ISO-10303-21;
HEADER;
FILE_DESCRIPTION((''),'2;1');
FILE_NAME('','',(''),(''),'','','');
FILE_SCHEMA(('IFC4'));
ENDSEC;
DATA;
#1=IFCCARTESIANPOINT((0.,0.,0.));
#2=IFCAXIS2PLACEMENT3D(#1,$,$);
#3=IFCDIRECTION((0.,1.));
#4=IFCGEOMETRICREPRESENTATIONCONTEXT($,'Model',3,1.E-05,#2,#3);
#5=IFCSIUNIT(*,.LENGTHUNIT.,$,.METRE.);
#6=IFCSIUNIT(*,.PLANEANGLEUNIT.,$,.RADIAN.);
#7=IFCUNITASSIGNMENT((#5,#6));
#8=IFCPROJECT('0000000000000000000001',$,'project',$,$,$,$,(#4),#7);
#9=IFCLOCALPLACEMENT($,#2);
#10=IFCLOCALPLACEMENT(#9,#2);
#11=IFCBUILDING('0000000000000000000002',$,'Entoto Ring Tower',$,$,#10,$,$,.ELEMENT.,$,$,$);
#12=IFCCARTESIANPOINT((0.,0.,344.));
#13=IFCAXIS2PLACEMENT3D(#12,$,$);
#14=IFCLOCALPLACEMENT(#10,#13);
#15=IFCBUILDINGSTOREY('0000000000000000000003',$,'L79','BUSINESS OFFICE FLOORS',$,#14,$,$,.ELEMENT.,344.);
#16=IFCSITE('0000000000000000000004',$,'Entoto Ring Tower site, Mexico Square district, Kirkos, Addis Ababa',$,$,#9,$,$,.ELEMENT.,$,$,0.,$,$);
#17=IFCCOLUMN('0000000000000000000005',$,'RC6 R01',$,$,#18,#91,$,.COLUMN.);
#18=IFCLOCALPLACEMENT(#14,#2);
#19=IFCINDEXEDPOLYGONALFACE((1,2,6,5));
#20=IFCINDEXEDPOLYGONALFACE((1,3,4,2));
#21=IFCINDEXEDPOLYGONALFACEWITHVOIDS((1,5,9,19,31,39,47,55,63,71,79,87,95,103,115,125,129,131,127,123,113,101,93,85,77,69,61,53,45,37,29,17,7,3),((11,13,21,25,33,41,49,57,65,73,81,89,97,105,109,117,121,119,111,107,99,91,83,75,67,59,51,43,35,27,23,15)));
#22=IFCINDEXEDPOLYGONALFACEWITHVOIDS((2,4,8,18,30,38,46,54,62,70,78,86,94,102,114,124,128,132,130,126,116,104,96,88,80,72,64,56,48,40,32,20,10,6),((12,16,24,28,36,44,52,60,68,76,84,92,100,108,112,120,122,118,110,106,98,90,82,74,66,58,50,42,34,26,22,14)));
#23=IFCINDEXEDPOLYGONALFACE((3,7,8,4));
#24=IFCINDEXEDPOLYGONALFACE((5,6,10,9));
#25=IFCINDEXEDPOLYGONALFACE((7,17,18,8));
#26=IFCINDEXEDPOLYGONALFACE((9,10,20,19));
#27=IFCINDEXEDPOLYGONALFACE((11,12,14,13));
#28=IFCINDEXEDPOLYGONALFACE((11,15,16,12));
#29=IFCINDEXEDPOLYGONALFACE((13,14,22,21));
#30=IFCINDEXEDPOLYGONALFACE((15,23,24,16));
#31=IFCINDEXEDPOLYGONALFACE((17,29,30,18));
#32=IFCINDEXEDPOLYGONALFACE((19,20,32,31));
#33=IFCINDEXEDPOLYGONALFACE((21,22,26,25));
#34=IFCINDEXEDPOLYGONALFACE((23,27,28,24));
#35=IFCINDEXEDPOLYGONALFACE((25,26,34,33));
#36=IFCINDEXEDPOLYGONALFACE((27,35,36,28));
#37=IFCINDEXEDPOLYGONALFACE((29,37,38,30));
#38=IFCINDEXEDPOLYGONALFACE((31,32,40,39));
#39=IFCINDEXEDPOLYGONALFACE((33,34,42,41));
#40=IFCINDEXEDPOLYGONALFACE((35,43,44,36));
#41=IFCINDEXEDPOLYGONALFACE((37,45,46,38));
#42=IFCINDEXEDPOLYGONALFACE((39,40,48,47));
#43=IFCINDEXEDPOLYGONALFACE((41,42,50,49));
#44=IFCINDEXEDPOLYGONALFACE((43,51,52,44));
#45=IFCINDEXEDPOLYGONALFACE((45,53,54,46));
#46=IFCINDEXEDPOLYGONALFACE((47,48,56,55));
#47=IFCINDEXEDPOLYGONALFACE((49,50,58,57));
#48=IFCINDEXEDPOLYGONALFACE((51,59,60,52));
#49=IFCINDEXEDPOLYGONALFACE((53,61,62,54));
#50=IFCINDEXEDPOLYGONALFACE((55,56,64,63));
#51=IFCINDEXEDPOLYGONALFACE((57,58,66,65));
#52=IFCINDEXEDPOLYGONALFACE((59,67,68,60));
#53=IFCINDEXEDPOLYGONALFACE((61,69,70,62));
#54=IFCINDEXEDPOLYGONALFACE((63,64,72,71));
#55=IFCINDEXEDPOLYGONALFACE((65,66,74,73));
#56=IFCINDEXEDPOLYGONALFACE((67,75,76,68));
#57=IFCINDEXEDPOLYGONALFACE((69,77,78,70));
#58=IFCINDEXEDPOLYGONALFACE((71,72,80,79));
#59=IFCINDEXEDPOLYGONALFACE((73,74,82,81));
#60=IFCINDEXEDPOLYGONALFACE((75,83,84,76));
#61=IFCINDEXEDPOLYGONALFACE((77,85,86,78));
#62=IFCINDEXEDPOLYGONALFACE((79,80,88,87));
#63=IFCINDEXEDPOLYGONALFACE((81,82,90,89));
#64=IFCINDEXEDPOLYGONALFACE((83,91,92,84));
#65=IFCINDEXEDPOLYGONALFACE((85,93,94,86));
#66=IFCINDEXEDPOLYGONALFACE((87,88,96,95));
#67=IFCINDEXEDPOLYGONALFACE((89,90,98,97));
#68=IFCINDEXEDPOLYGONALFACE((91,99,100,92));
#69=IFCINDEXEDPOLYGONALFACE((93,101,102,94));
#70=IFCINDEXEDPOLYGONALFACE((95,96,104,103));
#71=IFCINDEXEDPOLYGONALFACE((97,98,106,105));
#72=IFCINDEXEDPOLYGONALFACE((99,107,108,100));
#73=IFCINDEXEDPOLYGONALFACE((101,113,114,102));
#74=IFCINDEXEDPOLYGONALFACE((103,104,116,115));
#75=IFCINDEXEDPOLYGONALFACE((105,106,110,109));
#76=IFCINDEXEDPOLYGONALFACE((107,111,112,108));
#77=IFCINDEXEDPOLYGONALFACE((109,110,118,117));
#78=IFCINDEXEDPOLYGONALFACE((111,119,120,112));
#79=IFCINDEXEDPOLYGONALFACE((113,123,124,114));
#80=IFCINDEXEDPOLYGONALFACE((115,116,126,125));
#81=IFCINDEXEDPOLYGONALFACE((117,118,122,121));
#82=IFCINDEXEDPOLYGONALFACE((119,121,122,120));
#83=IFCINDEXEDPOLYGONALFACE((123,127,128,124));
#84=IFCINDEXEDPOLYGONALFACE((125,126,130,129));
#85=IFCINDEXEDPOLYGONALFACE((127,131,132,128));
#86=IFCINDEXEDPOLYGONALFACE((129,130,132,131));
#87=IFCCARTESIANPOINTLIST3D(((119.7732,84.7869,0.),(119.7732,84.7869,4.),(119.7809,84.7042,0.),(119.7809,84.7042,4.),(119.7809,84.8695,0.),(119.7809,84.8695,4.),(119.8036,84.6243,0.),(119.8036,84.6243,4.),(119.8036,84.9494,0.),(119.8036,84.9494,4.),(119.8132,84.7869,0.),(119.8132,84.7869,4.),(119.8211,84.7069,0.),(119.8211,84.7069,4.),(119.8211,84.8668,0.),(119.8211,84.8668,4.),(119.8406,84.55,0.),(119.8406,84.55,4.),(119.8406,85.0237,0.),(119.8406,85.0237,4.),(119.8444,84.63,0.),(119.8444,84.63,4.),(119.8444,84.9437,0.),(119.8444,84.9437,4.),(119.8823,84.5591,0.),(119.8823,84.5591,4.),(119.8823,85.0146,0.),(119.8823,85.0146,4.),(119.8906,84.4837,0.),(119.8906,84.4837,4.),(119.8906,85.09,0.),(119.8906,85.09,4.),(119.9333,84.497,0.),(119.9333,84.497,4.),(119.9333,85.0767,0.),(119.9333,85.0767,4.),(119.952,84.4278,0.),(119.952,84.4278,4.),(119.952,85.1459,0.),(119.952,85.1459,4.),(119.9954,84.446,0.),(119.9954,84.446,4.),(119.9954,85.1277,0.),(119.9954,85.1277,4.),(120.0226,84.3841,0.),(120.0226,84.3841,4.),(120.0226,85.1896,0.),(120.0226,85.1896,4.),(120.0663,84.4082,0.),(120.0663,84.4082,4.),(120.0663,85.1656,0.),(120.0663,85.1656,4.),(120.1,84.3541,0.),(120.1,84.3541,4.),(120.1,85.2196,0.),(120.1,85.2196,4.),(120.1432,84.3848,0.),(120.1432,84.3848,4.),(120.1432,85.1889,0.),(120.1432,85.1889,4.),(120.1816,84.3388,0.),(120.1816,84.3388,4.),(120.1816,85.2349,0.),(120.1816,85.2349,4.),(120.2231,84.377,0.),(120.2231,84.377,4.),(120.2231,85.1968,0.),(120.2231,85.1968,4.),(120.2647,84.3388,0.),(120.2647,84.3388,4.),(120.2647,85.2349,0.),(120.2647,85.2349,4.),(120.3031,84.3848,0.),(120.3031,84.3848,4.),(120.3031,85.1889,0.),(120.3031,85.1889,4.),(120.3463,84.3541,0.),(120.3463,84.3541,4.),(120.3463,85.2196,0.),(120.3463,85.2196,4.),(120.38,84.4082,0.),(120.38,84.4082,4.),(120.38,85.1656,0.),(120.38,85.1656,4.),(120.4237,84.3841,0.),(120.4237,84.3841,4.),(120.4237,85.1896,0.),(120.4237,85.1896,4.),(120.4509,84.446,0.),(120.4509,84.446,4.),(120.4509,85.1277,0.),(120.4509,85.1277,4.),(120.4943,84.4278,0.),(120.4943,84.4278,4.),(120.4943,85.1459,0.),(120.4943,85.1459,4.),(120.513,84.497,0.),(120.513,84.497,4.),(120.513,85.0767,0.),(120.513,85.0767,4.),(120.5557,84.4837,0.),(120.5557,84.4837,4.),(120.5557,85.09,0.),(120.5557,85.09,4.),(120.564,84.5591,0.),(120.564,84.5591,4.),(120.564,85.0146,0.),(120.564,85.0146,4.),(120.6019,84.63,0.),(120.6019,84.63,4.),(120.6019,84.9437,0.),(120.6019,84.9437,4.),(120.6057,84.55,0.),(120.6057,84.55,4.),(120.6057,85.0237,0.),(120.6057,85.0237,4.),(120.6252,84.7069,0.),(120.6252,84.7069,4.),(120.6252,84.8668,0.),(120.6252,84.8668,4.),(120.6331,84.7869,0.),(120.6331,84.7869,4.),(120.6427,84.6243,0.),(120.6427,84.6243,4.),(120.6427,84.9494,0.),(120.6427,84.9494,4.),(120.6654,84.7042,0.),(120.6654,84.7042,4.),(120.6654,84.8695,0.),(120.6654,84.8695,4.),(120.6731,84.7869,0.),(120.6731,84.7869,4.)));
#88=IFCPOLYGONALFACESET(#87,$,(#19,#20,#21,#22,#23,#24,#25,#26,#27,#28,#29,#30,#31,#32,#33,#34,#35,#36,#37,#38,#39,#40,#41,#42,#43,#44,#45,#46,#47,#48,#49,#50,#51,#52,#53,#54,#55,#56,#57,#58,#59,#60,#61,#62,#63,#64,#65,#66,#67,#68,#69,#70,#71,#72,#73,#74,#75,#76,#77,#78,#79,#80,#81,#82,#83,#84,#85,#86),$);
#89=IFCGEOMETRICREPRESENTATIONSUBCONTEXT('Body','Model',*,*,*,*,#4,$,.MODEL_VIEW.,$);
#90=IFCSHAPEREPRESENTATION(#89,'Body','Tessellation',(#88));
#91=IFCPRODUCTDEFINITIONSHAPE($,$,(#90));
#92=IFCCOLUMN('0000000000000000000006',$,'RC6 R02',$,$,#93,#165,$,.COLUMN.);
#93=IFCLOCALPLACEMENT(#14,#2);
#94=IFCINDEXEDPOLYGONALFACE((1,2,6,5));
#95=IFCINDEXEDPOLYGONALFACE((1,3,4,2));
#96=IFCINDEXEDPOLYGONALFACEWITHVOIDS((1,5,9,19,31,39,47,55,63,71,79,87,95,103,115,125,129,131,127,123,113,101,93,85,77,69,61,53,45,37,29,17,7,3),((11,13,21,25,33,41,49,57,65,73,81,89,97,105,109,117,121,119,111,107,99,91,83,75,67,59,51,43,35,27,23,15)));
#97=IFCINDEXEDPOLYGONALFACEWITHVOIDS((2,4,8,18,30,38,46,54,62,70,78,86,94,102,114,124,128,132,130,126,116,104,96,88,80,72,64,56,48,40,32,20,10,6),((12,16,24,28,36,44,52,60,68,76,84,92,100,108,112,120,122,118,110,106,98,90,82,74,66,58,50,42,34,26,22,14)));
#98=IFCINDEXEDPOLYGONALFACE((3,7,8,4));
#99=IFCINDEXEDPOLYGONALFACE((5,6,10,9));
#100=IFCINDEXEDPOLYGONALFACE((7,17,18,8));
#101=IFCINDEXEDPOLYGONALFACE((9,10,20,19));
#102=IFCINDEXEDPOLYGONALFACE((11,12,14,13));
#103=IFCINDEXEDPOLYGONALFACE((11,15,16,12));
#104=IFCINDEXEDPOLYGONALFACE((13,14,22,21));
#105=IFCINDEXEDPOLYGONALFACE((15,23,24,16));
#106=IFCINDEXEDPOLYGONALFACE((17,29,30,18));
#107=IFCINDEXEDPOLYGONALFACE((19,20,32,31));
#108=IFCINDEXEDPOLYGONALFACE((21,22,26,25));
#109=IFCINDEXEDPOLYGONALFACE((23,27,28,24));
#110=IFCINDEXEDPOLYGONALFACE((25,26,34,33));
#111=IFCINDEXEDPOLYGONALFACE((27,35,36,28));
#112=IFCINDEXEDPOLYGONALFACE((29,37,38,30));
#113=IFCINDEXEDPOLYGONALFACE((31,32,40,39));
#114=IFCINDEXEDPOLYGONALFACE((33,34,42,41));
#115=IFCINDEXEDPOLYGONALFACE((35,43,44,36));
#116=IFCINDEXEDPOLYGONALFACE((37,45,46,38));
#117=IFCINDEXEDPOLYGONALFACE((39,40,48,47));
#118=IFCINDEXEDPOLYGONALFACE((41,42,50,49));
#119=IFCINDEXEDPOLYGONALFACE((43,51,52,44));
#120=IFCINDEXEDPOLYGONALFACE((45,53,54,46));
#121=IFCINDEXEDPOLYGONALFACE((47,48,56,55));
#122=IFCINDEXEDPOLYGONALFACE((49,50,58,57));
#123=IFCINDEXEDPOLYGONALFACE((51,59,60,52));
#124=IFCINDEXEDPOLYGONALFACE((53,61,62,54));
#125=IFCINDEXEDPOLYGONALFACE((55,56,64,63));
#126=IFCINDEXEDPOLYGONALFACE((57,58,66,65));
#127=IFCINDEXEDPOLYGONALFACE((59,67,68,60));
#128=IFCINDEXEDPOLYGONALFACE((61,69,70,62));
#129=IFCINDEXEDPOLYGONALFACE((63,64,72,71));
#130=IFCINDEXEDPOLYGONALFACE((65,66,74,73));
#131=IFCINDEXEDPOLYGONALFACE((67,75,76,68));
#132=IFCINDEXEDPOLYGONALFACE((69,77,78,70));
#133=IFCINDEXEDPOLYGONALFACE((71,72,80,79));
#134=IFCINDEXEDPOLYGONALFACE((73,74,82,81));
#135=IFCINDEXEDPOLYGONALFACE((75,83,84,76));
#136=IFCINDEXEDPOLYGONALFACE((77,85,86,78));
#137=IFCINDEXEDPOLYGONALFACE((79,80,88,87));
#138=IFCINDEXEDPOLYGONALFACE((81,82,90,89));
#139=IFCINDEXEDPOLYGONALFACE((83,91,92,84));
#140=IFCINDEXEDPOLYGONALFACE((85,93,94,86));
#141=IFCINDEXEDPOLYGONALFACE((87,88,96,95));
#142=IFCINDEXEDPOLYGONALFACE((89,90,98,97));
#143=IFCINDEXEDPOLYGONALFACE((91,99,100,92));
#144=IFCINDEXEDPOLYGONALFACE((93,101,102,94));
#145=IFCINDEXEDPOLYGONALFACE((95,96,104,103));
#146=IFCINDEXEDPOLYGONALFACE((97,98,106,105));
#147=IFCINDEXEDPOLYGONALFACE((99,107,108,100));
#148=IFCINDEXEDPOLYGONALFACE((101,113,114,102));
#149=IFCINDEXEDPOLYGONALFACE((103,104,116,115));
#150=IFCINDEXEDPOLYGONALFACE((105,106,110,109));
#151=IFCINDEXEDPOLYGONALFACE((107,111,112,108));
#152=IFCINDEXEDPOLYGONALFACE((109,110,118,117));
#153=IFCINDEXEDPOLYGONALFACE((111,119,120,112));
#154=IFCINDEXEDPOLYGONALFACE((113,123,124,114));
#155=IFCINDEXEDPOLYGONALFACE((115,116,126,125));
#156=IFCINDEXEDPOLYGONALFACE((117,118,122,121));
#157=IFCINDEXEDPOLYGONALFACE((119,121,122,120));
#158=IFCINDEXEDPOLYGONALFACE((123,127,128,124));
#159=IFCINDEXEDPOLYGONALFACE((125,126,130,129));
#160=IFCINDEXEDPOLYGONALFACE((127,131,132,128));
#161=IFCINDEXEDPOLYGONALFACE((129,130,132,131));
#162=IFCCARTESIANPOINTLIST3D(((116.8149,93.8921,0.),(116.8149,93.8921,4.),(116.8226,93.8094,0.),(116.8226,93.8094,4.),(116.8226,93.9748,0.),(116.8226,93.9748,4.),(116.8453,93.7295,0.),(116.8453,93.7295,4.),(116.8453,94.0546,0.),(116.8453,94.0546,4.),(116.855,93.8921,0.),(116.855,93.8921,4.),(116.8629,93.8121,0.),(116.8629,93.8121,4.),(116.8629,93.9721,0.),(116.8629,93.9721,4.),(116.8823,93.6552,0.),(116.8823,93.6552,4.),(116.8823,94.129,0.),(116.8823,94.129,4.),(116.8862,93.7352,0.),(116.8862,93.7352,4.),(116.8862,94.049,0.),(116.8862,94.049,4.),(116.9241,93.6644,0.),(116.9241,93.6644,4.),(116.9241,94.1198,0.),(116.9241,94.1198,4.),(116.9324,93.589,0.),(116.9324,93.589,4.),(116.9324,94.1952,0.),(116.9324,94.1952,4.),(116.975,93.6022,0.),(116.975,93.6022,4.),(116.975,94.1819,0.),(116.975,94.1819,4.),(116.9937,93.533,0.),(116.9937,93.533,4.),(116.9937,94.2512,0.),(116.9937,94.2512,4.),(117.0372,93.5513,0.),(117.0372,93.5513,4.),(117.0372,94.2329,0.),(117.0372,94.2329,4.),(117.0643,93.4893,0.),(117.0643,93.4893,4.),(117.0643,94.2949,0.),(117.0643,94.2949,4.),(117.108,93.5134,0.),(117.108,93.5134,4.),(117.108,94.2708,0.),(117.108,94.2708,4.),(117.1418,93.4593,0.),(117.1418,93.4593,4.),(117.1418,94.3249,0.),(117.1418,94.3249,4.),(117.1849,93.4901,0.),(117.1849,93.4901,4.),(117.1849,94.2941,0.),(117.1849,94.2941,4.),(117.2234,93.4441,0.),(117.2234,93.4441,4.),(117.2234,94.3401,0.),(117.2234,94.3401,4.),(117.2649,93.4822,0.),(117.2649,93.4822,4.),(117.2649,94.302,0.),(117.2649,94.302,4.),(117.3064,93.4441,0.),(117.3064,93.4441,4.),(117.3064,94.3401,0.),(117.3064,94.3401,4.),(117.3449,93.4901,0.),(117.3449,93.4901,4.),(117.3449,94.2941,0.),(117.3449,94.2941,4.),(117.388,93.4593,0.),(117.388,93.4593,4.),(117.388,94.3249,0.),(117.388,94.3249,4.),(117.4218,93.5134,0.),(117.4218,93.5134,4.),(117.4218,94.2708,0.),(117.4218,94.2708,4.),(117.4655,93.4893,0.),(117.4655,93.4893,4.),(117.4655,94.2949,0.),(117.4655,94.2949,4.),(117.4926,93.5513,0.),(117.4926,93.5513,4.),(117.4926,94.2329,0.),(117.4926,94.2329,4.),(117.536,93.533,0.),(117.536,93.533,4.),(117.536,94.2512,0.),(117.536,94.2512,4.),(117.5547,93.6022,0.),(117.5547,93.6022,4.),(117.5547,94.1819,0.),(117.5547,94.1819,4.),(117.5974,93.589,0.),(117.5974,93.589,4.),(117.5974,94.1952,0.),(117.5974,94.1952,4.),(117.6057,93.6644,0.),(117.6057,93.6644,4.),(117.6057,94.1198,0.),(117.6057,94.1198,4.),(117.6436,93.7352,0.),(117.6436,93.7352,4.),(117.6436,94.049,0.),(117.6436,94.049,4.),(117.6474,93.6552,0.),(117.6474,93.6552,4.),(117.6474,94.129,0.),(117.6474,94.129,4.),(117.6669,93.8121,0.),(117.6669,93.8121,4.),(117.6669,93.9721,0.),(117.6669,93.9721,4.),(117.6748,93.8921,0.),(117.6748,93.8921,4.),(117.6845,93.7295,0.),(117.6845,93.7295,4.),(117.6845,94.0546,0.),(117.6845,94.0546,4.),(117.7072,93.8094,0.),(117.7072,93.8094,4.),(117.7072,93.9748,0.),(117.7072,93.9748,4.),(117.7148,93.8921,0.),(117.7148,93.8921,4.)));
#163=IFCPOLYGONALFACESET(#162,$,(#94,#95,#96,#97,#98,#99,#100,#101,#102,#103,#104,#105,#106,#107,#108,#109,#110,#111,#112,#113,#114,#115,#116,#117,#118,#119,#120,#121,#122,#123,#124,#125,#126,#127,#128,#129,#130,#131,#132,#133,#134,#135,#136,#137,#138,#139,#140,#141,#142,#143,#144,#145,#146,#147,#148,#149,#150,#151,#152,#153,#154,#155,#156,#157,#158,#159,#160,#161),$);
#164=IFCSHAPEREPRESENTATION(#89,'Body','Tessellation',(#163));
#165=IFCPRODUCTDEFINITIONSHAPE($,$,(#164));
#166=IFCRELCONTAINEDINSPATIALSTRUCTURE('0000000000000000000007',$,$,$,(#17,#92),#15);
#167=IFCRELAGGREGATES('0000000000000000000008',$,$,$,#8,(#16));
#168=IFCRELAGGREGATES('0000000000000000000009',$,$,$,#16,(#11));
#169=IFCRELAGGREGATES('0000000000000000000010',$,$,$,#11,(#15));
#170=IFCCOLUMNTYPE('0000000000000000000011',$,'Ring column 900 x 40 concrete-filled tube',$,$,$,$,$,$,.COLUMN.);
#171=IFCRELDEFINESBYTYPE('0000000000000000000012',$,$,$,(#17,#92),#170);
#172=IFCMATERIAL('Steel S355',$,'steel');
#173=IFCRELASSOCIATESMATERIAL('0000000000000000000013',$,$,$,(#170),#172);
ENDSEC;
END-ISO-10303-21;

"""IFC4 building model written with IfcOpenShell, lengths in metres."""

from ifc_helpers import new_model, si_unit, direction, frame, origin, origin_2d, place, context, subcontext, project, spatial, circle, hollow_circle, extrude, material, material_profile, profile_set, type_object, element, save


model = new_model("IFC4")

# Units and contexts
model_context = context("Model", 3, precision=1e-05, world=origin(), true_north=direction((0.0, 1.0)))
body_context = subcontext(model_context, "Body", "Model", "MODEL_VIEW")
ifc_project = project(units=[si_unit("LENGTHUNIT", "METRE"), si_unit("PLANEANGLEUNIT", "RADIAN")], contexts=[model_context])

# Site, building, storey
site_placement = place(None, origin())
site = spatial("IfcSite", under=ifc_project, at=site_placement, Name="Entoto Ring Tower site, Mexico Square district, Kirkos, Addis Ababa", CompositionType="ELEMENT", RefElevation=0.0)
building_placement = place(site_placement, origin())
building = spatial("IfcBuilding", under=site, at=building_placement, Name="Entoto Ring Tower", CompositionType="ELEMENT")
storey_placement = place(building_placement, frame((0.0, 0.0, 344.0)))
storey = spatial("IfcBuildingStorey", under=building, at=storey_placement, Name="L79", Description="BUSINESS OFFICE FLOORS", CompositionType="ELEMENT", Elevation=344.0)

# Columns
ifc_material_1 = material(Name="Steel S355", Category="steel")
ifc_material_profile_1 = material_profile(ifc_material_1, hollow_circle(Radius=0.45, WallThickness=0.04, at=origin_2d()), Name="CHS 900 x 40")
ifc_material_2 = material(Name="Concrete C60/75", Category="concrete")
ifc_material_profile_2 = material_profile(ifc_material_2, circle(Radius=0.4099, at=origin_2d()), Name="Concrete C60/75 infill")
ifc_profile_set_1 = profile_set([ifc_material_profile_1, ifc_material_profile_2], Name="Steel S355")
column_type = type_object("IfcColumnType", Name="Ring column 900 x 40 concrete-filled tube", PredefinedType="COLUMN", material=ifc_profile_set_1)
for number, where, z_axis, x_axis, name in (
    (1, (120.2231, 84.7869, 0.0), (0.0, 0.0, 1.0), (1.0, 0.0, 0.0), "RC6 R01"),
    (2, (117.2649, 93.8921, 0.0), (0.0, 0.0, 1.0), (1.0, 0.0, 0.0), "RC6 R02"),
):
    element("IfcColumn", number, at=place(storey_placement, frame(where, z_axis=z_axis, x_axis=x_axis)), inside=storey, type_object=column_type, Name=name, PredefinedType="COLUMN", context=body_context, shape_type="SweptSolid", body=[
        extrude(hollow_circle(Radius=0.45, WallThickness=0.04, at=origin_2d()), origin(), (0.0, 0.0, 1.0), 4.0),
    ])

save(model, "model.ifc")
